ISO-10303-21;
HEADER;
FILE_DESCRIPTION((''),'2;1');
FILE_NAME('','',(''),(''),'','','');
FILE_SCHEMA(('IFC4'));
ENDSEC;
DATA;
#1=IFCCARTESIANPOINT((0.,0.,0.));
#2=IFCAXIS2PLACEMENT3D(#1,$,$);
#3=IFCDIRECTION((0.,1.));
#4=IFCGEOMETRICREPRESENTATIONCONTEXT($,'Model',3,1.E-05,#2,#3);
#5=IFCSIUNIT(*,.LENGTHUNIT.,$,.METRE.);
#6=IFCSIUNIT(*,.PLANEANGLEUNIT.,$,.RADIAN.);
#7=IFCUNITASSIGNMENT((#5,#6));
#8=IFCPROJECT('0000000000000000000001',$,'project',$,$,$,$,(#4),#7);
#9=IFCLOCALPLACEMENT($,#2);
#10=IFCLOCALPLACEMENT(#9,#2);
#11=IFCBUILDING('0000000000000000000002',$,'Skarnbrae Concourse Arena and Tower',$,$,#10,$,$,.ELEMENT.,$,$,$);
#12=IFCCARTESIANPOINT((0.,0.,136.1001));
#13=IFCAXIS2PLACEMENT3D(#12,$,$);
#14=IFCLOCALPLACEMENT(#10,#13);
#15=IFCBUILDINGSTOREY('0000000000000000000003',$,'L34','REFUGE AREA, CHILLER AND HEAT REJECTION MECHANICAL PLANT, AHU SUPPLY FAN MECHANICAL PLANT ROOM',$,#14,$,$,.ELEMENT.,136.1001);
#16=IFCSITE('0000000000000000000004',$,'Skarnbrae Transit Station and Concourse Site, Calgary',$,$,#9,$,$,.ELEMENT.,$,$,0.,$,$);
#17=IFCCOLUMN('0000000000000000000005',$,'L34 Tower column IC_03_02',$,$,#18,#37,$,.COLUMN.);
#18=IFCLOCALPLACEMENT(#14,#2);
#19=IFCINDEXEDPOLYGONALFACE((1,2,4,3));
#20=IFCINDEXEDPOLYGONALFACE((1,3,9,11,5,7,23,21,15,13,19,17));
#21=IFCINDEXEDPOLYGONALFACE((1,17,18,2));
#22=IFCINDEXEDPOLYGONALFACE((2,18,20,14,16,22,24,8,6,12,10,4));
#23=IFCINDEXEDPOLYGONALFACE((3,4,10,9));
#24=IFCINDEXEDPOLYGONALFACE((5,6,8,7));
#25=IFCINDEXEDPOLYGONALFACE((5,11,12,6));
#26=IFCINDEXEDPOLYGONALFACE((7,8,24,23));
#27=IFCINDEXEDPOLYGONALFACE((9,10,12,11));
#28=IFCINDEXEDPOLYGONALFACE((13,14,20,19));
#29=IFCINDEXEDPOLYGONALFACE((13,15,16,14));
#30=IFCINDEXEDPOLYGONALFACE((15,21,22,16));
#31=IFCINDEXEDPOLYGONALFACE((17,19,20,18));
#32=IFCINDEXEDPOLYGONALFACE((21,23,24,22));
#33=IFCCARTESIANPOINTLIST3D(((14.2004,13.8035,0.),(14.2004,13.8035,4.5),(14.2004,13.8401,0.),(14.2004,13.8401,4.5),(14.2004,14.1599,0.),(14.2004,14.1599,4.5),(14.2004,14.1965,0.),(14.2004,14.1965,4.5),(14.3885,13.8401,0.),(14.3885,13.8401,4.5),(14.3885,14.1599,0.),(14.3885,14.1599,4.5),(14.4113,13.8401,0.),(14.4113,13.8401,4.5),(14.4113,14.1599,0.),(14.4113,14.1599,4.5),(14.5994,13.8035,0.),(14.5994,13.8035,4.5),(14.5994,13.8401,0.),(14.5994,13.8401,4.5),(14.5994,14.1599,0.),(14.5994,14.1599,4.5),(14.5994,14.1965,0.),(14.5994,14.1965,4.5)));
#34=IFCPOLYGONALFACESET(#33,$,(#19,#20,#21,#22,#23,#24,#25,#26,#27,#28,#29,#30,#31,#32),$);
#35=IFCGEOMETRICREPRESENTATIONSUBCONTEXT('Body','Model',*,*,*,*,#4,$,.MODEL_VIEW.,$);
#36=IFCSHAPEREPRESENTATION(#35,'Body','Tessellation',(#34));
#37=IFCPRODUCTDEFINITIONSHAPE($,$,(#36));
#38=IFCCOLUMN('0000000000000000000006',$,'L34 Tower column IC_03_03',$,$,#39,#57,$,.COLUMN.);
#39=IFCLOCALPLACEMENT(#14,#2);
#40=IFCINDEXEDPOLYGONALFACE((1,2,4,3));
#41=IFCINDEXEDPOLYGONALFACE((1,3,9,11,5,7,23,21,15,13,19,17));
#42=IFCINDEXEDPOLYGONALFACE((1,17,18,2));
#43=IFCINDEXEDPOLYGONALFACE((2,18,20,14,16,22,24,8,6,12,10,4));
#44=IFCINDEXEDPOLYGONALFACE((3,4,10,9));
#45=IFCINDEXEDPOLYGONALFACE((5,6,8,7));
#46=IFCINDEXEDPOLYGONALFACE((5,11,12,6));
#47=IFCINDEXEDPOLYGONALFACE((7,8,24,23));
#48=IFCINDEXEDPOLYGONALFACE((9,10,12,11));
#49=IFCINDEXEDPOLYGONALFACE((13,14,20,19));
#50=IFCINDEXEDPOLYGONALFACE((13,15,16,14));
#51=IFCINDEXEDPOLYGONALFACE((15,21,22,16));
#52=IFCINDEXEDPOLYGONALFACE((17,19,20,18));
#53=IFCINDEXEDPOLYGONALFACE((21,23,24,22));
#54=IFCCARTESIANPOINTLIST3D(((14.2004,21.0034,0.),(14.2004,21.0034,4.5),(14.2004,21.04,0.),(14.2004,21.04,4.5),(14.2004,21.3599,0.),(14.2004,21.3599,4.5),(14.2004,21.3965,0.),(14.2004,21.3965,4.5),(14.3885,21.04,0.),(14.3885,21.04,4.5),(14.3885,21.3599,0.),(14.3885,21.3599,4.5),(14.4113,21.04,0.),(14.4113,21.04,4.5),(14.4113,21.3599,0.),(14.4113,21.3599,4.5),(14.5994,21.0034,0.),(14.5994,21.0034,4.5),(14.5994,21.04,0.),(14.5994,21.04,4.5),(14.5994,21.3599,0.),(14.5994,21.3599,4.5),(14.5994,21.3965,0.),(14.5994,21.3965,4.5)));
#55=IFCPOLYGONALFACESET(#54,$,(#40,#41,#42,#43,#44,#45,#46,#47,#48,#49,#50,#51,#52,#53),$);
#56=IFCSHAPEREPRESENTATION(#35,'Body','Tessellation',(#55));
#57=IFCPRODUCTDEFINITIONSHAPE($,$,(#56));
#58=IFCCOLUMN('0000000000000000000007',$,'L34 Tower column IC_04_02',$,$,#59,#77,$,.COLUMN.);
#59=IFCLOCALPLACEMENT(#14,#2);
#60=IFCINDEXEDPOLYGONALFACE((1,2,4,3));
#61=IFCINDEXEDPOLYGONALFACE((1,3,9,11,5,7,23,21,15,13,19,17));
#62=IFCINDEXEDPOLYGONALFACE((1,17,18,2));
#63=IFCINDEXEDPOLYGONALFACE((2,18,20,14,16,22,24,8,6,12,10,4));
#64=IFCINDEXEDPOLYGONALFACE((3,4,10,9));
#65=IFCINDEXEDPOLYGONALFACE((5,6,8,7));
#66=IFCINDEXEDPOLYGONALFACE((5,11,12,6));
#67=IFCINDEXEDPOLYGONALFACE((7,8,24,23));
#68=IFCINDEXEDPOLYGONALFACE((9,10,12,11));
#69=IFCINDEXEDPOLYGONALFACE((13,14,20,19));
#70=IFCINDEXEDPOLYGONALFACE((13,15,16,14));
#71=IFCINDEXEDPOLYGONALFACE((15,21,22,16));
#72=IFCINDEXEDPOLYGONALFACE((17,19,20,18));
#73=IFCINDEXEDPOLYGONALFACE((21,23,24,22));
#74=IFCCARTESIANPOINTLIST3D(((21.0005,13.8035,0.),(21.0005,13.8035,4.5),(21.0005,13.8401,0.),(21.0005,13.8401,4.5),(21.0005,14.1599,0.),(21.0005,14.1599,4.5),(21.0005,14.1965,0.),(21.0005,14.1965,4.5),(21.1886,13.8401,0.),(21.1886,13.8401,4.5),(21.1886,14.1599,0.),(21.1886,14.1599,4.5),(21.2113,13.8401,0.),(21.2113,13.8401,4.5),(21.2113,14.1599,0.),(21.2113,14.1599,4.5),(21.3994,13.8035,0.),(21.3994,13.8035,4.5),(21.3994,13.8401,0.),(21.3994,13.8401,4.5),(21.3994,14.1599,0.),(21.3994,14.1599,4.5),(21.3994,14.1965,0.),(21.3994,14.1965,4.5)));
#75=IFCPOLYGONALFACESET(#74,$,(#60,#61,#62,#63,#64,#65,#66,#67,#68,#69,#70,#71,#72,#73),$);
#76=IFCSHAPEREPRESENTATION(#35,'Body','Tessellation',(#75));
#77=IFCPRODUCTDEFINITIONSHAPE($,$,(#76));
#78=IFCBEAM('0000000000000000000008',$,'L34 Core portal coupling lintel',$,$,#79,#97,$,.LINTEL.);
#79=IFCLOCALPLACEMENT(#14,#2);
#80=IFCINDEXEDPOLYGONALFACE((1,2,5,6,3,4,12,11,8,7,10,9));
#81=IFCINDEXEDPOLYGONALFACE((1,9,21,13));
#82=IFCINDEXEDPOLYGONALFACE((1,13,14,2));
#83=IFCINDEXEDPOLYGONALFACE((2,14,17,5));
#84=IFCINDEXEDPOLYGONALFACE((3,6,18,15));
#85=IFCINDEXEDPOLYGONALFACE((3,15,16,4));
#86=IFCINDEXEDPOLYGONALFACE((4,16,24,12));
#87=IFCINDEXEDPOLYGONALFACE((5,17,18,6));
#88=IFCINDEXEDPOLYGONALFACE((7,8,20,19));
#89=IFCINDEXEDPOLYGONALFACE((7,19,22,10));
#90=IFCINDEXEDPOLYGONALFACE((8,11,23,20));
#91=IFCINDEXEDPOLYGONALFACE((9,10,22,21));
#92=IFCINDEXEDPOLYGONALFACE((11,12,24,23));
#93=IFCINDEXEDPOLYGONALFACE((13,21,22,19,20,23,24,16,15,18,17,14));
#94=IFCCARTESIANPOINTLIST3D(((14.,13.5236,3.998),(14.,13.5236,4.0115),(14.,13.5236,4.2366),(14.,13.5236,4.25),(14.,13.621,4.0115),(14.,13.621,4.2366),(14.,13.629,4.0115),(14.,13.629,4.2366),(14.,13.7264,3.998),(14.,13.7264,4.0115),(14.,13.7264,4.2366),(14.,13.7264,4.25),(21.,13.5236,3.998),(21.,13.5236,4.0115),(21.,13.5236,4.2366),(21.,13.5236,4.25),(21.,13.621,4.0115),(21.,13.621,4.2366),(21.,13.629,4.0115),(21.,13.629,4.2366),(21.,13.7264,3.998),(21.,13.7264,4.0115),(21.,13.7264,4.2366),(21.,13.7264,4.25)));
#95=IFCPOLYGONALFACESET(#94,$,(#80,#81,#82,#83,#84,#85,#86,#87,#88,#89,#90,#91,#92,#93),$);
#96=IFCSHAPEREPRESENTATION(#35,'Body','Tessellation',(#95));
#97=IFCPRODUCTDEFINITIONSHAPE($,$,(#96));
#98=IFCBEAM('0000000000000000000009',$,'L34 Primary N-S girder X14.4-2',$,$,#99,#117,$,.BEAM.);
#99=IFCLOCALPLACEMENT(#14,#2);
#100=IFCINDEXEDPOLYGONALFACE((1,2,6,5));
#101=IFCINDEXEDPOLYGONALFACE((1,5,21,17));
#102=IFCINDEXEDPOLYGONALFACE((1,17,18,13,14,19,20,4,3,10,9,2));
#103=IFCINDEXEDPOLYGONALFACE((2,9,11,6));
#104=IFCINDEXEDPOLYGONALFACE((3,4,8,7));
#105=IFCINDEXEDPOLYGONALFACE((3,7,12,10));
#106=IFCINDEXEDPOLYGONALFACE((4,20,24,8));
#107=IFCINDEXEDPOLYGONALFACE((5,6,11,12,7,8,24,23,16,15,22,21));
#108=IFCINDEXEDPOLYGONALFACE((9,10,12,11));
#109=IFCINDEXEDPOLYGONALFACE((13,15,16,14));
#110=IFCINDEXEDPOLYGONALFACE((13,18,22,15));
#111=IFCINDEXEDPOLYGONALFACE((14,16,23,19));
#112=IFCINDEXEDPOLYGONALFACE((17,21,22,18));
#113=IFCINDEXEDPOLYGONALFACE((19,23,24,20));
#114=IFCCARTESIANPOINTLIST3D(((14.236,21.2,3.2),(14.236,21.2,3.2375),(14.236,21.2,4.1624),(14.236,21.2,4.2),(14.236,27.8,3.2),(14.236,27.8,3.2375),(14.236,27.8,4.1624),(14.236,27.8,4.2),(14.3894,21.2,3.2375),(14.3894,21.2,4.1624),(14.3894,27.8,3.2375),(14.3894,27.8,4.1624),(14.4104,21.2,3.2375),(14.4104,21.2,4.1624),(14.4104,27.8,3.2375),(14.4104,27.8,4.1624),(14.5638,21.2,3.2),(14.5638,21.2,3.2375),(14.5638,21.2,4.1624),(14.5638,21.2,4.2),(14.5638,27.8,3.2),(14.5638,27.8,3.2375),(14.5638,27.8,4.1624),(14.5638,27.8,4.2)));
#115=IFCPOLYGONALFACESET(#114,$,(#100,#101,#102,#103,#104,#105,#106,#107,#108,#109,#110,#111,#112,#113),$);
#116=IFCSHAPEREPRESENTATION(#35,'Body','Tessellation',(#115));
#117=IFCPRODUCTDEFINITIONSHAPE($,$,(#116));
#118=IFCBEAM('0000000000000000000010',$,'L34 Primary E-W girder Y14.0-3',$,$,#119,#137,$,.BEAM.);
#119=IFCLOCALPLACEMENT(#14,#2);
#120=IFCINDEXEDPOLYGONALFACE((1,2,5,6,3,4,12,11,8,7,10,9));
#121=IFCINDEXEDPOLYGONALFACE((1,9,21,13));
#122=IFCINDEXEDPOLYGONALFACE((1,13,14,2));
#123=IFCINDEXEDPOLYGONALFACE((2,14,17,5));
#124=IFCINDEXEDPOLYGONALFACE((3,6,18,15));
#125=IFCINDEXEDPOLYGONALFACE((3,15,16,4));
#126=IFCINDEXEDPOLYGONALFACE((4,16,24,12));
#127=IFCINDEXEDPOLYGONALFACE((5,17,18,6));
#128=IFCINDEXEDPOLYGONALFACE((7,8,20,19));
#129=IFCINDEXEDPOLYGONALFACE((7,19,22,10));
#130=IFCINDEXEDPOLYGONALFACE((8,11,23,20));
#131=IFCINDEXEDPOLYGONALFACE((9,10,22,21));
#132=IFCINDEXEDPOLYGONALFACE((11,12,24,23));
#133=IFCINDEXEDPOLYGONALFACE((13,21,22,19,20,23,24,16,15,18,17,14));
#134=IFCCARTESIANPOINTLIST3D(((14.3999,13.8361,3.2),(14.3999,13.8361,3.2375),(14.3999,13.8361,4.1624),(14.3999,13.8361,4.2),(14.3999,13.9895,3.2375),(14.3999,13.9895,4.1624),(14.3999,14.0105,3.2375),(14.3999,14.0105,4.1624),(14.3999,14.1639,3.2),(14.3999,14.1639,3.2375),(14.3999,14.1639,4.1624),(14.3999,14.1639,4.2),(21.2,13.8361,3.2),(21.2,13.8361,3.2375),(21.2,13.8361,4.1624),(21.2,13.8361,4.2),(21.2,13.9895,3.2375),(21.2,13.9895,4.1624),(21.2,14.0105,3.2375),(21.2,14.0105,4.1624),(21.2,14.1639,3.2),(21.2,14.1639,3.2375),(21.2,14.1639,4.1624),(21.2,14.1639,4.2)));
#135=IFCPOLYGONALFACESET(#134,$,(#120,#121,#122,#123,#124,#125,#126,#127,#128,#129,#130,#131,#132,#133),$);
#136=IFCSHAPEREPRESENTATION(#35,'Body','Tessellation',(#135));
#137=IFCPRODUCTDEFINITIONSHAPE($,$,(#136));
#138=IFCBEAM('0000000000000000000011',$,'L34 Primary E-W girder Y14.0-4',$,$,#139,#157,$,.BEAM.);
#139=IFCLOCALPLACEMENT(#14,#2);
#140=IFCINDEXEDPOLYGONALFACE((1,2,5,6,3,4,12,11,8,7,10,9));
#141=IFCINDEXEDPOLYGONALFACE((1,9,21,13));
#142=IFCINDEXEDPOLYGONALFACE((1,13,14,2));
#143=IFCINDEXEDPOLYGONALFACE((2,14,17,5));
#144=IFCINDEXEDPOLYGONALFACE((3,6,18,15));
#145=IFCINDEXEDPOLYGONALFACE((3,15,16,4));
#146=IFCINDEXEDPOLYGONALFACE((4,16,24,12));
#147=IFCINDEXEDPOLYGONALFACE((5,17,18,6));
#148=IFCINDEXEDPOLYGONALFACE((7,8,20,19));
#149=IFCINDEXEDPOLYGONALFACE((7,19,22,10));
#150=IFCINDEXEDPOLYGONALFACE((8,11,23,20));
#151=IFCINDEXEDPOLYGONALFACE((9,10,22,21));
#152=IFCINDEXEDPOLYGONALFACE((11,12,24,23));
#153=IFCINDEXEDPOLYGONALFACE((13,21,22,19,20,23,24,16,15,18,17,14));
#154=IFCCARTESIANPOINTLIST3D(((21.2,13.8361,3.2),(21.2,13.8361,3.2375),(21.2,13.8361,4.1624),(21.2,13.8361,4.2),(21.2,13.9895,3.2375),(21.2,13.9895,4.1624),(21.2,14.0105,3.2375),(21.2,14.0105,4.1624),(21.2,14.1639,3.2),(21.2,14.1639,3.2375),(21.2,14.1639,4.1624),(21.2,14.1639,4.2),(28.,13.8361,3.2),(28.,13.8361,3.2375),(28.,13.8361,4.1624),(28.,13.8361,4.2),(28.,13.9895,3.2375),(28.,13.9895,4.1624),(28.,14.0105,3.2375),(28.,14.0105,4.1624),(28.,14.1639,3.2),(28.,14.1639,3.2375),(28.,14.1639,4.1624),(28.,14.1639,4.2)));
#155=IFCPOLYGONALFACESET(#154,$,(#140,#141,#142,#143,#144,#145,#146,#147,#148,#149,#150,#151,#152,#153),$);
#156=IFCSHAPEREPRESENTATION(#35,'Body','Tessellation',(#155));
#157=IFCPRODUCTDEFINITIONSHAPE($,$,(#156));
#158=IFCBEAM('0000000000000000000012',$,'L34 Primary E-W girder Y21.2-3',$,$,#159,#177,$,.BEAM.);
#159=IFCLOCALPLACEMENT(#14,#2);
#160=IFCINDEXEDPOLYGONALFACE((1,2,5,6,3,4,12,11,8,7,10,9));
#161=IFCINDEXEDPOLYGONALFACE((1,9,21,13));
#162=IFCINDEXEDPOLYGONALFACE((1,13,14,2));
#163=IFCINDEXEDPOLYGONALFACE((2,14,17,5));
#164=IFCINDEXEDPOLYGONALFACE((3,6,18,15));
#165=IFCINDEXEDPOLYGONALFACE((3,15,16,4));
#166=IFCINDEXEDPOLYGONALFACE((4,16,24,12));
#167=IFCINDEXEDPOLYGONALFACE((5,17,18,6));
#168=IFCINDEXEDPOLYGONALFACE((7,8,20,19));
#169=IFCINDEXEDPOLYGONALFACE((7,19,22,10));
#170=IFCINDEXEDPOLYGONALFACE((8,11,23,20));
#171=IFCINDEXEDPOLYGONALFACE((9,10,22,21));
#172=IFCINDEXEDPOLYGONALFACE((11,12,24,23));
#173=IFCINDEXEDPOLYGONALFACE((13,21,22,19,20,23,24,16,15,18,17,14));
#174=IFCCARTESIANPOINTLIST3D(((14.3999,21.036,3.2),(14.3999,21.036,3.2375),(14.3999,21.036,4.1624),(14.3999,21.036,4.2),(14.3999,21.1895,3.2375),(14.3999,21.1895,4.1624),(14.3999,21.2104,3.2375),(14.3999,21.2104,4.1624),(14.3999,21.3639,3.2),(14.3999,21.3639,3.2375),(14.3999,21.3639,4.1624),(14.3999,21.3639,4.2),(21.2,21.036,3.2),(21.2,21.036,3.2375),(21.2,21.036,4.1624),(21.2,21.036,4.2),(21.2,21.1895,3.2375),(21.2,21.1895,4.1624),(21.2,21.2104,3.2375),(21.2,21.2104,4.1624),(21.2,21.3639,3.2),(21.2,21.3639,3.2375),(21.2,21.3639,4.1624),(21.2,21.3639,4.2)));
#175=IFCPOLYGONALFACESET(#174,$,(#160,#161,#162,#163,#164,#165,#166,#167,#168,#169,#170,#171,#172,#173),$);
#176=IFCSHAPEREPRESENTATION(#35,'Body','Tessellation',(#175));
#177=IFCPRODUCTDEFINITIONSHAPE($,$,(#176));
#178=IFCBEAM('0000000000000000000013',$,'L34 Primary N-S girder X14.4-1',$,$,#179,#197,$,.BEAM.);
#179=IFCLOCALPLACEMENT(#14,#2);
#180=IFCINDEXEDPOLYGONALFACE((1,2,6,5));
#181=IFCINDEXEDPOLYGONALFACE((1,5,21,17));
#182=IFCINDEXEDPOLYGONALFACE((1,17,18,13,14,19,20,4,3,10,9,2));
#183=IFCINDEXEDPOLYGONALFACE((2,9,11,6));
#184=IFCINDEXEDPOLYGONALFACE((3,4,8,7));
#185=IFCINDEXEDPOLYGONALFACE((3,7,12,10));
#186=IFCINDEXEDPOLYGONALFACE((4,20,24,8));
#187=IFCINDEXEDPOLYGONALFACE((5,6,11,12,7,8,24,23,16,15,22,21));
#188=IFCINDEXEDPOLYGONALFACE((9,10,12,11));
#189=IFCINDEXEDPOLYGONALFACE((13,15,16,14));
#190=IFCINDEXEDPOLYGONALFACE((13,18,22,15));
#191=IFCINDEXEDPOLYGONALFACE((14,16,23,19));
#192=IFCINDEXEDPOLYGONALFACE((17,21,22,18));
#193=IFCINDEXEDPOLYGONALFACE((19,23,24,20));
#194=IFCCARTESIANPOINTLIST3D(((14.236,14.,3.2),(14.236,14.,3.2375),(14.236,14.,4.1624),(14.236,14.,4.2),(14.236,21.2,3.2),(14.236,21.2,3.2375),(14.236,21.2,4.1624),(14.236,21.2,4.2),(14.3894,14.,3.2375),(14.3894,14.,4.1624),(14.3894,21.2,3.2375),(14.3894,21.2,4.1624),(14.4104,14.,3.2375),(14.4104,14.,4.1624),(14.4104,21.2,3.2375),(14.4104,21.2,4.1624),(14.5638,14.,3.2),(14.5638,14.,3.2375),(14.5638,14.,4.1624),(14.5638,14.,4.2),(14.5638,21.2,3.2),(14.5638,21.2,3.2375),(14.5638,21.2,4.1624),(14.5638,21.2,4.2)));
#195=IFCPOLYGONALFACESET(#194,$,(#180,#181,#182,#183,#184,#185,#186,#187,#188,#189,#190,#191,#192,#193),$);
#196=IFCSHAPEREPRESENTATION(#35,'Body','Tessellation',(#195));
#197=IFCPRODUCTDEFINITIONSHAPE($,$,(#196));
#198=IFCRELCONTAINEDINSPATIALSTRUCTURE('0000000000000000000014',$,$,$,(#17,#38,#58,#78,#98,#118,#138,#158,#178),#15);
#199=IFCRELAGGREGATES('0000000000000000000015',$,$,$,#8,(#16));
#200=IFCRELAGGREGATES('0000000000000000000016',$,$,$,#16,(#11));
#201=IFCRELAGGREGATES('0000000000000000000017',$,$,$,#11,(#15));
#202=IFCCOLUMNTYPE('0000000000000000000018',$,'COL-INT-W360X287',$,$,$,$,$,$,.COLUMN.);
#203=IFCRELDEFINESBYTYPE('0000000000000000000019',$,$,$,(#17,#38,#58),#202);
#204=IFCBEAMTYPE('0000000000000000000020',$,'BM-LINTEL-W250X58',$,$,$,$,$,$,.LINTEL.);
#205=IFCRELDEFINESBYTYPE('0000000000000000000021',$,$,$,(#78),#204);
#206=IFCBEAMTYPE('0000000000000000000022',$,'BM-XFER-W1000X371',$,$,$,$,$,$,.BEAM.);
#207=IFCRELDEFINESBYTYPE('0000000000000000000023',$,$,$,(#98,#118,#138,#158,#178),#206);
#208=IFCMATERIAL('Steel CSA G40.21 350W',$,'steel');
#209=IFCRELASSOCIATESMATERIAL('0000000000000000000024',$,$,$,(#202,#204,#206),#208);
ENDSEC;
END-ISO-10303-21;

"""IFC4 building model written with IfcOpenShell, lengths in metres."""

from ifc_helpers import new_model, si_unit, direction, frame, origin, origin_2d, place, context, subcontext, project, spatial, i_section, extrude, source, transform, mapped, material, material_profile, profile_set, type_object, element, save


model = new_model("IFC4")

# Units and contexts
model_context = context("Model", 3, precision=1e-05, world=origin(), true_north=direction((0.0, 1.0)))
body_context = subcontext(model_context, "Body", "Model", "MODEL_VIEW")
ifc_project = project(units=[si_unit("LENGTHUNIT", "METRE"), si_unit("PLANEANGLEUNIT", "RADIAN")], contexts=[model_context])

# Site, building, storey
site_placement = place(None, origin())
site = spatial("IfcSite", under=ifc_project, at=site_placement, Name="Skarnbrae Transit Station and Concourse Site, Calgary", CompositionType="ELEMENT", RefElevation=0.0)
building_placement = place(site_placement, origin())
building = spatial("IfcBuilding", under=site, at=building_placement, Name="Skarnbrae Concourse Arena and Tower", CompositionType="ELEMENT")
storey_placement = place(building_placement, frame((0.0, 0.0, 136.1001)))
storey = spatial("IfcBuildingStorey", under=building, at=storey_placement, Name="L34", Description="REFUGE AREA, CHILLER AND HEAT REJECTION MECHANICAL PLANT, AHU SUPPLY FAN MECHANICAL PLANT ROOM", CompositionType="ELEMENT", Elevation=136.1001)

# Columns
ifc_material_1 = material(Name="Steel CSA G40.21 350W", Category="steel")
ifc_material_profile_1 = material_profile(ifc_material_1, i_section(OverallWidth=0.3989, OverallDepth=0.3931, WebThickness=0.0227, FlangeThickness=0.0366, at=origin_2d()), Name="W360X287")
ifc_profile_set_1 = profile_set([ifc_material_profile_1], Name="Steel CSA G40.21 350W")
column_type = type_object("IfcColumnType", Name="COL-INT-W360X287", PredefinedType="COLUMN", material=ifc_profile_set_1)
shared_shape_1 = source(origin(), body_context, "Body", "SweptSolid", [
    extrude(i_section(OverallWidth=0.3989, OverallDepth=0.3931, WebThickness=0.0227, FlangeThickness=0.0366, at=origin_2d()), origin(), (0.0, 0.0, 1.0), 4.5),
])
for number, where, z_axis, x_axis, name in (
    (1, (14.3999, 14.0, 0.0), (0.0, 0.0, 1.0), (1.0, 0.0, 0.0), "L34 Tower column IC_03_02"),
    (2, (14.3999, 21.2, 0.0), (0.0, 0.0, 1.0), (1.0, 0.0, 0.0), "L34 Tower column IC_03_03"),
    (3, (21.2, 14.0, 0.0), (0.0, 0.0, 1.0), (1.0, 0.0, 0.0), "L34 Tower column IC_04_02"),
):
    element("IfcColumn", number, at=place(storey_placement, frame(where, z_axis=z_axis, x_axis=x_axis)), inside=storey, type_object=column_type, Name=name, PredefinedType="COLUMN", context=body_context, shape_type="MappedRepresentation", body=[
        mapped(shared_shape_1, transform((0.0, 0.0, 0.0))),
    ])

# Beams
ifc_material_profile_2 = material_profile(ifc_material_1, i_section(OverallWidth=0.2029, OverallDepth=0.252, WebThickness=0.0081, FlangeThickness=0.0134, at=origin_2d()), Name="W250X58")
ifc_profile_set_2 = profile_set([ifc_material_profile_2], Name="Steel CSA G40.21 350W")
beam_type_1 = type_object("IfcBeamType", Name="BM-LINTEL-W250X58", PredefinedType="LINTEL", material=ifc_profile_set_2)
shared_shape_2 = source(origin(), body_context, "Body", "SweptSolid", [
    extrude(i_section(OverallWidth=0.2029, OverallDepth=0.252, WebThickness=0.0081, FlangeThickness=0.0134, at=origin_2d()), origin(), (0.0, 0.0, 1.0), 7.0),
])
beam_1_placement = place(storey_placement, frame((14.0, 13.625, 4.124), z_axis=(1.0, 0.0, 0.0), x_axis=(0.0, 1.0, 0.0)))
element("IfcBeam", 4, at=beam_1_placement, inside=storey, type_object=beam_type_1, Name="L34 Core portal coupling lintel", PredefinedType="LINTEL", context=body_context, shape_type="MappedRepresentation", body=[
    mapped(shared_shape_2, transform((0.0, 0.0, 0.0))),
])
ifc_material_profile_3 = material_profile(ifc_material_1, i_section(OverallWidth=0.3279, OverallDepth=1.0, WebThickness=0.021, FlangeThickness=0.0376, at=origin_2d()), Name="W1000X371")
ifc_profile_set_3 = profile_set([ifc_material_profile_3], Name="Steel CSA G40.21 350W")
beam_type_2 = type_object("IfcBeamType", Name="BM-XFER-W1000X371", PredefinedType="BEAM", material=ifc_profile_set_3)
shared_shape_3 = source(origin(), body_context, "Body", "SweptSolid", [
    extrude(i_section(OverallWidth=0.3279, OverallDepth=1.0, WebThickness=0.021, FlangeThickness=0.0376, at=origin_2d()), origin(), (0.0, 0.0, 1.0), 6.6001),
])
beam_2_placement = place(storey_placement, frame((14.3999, 21.2, 3.7), z_axis=(0.0, 1.0, 0.0), x_axis=(-1.0, 0.0, 0.0)))
element("IfcBeam", 5, at=beam_2_placement, inside=storey, type_object=beam_type_2, Name="L34 Primary N-S girder X14.4-2", PredefinedType="BEAM", context=body_context, shape_type="MappedRepresentation", body=[
    mapped(shared_shape_3, transform((0.0, 0.0, 0.0))),
])
shared_shape_4 = source(origin(), body_context, "Body", "SweptSolid", [
    extrude(i_section(OverallWidth=0.3279, OverallDepth=1.0, WebThickness=0.021, FlangeThickness=0.0376, at=origin_2d()), origin(), (0.0, 0.0, 1.0), 6.8),
])
for number, where, z_axis, x_axis, name in (
    (6, (14.3999, 14.0, 3.7), (1.0, 0.0, 0.0), (0.0, 1.0, 0.0), "L34 Primary E-W girder Y14.0-3"),
    (7, (21.2, 14.0, 3.7), (1.0, 0.0, 0.0), (0.0, 1.0, 0.0), "L34 Primary E-W girder Y14.0-4"),
    (8, (14.3999, 21.2, 3.7), (1.0, 0.0, 0.0), (0.0, 1.0, 0.0), "L34 Primary E-W girder Y21.2-3"),
):
    element("IfcBeam", number, at=place(storey_placement, frame(where, z_axis=z_axis, x_axis=x_axis)), inside=storey, type_object=beam_type_2, Name=name, PredefinedType="BEAM", context=body_context, shape_type="MappedRepresentation", body=[
        mapped(shared_shape_4, transform((0.0, 0.0, 0.0))),
    ])
shared_shape_5 = source(origin(), body_context, "Body", "SweptSolid", [
    extrude(i_section(OverallWidth=0.3279, OverallDepth=1.0, WebThickness=0.021, FlangeThickness=0.0376, at=origin_2d()), origin(), (0.0, 0.0, 1.0), 7.2),
])
for number, where, z_axis, x_axis, name in (
    (9, (14.3999, 14.0, 3.7), (0.0, 1.0, 0.0), (-1.0, 0.0, 0.0), "L34 Primary N-S girder X14.4-1"),
):
    element("IfcBeam", number, at=place(storey_placement, frame(where, z_axis=z_axis, x_axis=x_axis)), inside=storey, type_object=beam_type_2, Name=name, PredefinedType="BEAM", context=body_context, shape_type="MappedRepresentation", body=[
        mapped(shared_shape_5, transform((0.0, 0.0, 0.0))),
    ])

save(model, "model.ifc")
